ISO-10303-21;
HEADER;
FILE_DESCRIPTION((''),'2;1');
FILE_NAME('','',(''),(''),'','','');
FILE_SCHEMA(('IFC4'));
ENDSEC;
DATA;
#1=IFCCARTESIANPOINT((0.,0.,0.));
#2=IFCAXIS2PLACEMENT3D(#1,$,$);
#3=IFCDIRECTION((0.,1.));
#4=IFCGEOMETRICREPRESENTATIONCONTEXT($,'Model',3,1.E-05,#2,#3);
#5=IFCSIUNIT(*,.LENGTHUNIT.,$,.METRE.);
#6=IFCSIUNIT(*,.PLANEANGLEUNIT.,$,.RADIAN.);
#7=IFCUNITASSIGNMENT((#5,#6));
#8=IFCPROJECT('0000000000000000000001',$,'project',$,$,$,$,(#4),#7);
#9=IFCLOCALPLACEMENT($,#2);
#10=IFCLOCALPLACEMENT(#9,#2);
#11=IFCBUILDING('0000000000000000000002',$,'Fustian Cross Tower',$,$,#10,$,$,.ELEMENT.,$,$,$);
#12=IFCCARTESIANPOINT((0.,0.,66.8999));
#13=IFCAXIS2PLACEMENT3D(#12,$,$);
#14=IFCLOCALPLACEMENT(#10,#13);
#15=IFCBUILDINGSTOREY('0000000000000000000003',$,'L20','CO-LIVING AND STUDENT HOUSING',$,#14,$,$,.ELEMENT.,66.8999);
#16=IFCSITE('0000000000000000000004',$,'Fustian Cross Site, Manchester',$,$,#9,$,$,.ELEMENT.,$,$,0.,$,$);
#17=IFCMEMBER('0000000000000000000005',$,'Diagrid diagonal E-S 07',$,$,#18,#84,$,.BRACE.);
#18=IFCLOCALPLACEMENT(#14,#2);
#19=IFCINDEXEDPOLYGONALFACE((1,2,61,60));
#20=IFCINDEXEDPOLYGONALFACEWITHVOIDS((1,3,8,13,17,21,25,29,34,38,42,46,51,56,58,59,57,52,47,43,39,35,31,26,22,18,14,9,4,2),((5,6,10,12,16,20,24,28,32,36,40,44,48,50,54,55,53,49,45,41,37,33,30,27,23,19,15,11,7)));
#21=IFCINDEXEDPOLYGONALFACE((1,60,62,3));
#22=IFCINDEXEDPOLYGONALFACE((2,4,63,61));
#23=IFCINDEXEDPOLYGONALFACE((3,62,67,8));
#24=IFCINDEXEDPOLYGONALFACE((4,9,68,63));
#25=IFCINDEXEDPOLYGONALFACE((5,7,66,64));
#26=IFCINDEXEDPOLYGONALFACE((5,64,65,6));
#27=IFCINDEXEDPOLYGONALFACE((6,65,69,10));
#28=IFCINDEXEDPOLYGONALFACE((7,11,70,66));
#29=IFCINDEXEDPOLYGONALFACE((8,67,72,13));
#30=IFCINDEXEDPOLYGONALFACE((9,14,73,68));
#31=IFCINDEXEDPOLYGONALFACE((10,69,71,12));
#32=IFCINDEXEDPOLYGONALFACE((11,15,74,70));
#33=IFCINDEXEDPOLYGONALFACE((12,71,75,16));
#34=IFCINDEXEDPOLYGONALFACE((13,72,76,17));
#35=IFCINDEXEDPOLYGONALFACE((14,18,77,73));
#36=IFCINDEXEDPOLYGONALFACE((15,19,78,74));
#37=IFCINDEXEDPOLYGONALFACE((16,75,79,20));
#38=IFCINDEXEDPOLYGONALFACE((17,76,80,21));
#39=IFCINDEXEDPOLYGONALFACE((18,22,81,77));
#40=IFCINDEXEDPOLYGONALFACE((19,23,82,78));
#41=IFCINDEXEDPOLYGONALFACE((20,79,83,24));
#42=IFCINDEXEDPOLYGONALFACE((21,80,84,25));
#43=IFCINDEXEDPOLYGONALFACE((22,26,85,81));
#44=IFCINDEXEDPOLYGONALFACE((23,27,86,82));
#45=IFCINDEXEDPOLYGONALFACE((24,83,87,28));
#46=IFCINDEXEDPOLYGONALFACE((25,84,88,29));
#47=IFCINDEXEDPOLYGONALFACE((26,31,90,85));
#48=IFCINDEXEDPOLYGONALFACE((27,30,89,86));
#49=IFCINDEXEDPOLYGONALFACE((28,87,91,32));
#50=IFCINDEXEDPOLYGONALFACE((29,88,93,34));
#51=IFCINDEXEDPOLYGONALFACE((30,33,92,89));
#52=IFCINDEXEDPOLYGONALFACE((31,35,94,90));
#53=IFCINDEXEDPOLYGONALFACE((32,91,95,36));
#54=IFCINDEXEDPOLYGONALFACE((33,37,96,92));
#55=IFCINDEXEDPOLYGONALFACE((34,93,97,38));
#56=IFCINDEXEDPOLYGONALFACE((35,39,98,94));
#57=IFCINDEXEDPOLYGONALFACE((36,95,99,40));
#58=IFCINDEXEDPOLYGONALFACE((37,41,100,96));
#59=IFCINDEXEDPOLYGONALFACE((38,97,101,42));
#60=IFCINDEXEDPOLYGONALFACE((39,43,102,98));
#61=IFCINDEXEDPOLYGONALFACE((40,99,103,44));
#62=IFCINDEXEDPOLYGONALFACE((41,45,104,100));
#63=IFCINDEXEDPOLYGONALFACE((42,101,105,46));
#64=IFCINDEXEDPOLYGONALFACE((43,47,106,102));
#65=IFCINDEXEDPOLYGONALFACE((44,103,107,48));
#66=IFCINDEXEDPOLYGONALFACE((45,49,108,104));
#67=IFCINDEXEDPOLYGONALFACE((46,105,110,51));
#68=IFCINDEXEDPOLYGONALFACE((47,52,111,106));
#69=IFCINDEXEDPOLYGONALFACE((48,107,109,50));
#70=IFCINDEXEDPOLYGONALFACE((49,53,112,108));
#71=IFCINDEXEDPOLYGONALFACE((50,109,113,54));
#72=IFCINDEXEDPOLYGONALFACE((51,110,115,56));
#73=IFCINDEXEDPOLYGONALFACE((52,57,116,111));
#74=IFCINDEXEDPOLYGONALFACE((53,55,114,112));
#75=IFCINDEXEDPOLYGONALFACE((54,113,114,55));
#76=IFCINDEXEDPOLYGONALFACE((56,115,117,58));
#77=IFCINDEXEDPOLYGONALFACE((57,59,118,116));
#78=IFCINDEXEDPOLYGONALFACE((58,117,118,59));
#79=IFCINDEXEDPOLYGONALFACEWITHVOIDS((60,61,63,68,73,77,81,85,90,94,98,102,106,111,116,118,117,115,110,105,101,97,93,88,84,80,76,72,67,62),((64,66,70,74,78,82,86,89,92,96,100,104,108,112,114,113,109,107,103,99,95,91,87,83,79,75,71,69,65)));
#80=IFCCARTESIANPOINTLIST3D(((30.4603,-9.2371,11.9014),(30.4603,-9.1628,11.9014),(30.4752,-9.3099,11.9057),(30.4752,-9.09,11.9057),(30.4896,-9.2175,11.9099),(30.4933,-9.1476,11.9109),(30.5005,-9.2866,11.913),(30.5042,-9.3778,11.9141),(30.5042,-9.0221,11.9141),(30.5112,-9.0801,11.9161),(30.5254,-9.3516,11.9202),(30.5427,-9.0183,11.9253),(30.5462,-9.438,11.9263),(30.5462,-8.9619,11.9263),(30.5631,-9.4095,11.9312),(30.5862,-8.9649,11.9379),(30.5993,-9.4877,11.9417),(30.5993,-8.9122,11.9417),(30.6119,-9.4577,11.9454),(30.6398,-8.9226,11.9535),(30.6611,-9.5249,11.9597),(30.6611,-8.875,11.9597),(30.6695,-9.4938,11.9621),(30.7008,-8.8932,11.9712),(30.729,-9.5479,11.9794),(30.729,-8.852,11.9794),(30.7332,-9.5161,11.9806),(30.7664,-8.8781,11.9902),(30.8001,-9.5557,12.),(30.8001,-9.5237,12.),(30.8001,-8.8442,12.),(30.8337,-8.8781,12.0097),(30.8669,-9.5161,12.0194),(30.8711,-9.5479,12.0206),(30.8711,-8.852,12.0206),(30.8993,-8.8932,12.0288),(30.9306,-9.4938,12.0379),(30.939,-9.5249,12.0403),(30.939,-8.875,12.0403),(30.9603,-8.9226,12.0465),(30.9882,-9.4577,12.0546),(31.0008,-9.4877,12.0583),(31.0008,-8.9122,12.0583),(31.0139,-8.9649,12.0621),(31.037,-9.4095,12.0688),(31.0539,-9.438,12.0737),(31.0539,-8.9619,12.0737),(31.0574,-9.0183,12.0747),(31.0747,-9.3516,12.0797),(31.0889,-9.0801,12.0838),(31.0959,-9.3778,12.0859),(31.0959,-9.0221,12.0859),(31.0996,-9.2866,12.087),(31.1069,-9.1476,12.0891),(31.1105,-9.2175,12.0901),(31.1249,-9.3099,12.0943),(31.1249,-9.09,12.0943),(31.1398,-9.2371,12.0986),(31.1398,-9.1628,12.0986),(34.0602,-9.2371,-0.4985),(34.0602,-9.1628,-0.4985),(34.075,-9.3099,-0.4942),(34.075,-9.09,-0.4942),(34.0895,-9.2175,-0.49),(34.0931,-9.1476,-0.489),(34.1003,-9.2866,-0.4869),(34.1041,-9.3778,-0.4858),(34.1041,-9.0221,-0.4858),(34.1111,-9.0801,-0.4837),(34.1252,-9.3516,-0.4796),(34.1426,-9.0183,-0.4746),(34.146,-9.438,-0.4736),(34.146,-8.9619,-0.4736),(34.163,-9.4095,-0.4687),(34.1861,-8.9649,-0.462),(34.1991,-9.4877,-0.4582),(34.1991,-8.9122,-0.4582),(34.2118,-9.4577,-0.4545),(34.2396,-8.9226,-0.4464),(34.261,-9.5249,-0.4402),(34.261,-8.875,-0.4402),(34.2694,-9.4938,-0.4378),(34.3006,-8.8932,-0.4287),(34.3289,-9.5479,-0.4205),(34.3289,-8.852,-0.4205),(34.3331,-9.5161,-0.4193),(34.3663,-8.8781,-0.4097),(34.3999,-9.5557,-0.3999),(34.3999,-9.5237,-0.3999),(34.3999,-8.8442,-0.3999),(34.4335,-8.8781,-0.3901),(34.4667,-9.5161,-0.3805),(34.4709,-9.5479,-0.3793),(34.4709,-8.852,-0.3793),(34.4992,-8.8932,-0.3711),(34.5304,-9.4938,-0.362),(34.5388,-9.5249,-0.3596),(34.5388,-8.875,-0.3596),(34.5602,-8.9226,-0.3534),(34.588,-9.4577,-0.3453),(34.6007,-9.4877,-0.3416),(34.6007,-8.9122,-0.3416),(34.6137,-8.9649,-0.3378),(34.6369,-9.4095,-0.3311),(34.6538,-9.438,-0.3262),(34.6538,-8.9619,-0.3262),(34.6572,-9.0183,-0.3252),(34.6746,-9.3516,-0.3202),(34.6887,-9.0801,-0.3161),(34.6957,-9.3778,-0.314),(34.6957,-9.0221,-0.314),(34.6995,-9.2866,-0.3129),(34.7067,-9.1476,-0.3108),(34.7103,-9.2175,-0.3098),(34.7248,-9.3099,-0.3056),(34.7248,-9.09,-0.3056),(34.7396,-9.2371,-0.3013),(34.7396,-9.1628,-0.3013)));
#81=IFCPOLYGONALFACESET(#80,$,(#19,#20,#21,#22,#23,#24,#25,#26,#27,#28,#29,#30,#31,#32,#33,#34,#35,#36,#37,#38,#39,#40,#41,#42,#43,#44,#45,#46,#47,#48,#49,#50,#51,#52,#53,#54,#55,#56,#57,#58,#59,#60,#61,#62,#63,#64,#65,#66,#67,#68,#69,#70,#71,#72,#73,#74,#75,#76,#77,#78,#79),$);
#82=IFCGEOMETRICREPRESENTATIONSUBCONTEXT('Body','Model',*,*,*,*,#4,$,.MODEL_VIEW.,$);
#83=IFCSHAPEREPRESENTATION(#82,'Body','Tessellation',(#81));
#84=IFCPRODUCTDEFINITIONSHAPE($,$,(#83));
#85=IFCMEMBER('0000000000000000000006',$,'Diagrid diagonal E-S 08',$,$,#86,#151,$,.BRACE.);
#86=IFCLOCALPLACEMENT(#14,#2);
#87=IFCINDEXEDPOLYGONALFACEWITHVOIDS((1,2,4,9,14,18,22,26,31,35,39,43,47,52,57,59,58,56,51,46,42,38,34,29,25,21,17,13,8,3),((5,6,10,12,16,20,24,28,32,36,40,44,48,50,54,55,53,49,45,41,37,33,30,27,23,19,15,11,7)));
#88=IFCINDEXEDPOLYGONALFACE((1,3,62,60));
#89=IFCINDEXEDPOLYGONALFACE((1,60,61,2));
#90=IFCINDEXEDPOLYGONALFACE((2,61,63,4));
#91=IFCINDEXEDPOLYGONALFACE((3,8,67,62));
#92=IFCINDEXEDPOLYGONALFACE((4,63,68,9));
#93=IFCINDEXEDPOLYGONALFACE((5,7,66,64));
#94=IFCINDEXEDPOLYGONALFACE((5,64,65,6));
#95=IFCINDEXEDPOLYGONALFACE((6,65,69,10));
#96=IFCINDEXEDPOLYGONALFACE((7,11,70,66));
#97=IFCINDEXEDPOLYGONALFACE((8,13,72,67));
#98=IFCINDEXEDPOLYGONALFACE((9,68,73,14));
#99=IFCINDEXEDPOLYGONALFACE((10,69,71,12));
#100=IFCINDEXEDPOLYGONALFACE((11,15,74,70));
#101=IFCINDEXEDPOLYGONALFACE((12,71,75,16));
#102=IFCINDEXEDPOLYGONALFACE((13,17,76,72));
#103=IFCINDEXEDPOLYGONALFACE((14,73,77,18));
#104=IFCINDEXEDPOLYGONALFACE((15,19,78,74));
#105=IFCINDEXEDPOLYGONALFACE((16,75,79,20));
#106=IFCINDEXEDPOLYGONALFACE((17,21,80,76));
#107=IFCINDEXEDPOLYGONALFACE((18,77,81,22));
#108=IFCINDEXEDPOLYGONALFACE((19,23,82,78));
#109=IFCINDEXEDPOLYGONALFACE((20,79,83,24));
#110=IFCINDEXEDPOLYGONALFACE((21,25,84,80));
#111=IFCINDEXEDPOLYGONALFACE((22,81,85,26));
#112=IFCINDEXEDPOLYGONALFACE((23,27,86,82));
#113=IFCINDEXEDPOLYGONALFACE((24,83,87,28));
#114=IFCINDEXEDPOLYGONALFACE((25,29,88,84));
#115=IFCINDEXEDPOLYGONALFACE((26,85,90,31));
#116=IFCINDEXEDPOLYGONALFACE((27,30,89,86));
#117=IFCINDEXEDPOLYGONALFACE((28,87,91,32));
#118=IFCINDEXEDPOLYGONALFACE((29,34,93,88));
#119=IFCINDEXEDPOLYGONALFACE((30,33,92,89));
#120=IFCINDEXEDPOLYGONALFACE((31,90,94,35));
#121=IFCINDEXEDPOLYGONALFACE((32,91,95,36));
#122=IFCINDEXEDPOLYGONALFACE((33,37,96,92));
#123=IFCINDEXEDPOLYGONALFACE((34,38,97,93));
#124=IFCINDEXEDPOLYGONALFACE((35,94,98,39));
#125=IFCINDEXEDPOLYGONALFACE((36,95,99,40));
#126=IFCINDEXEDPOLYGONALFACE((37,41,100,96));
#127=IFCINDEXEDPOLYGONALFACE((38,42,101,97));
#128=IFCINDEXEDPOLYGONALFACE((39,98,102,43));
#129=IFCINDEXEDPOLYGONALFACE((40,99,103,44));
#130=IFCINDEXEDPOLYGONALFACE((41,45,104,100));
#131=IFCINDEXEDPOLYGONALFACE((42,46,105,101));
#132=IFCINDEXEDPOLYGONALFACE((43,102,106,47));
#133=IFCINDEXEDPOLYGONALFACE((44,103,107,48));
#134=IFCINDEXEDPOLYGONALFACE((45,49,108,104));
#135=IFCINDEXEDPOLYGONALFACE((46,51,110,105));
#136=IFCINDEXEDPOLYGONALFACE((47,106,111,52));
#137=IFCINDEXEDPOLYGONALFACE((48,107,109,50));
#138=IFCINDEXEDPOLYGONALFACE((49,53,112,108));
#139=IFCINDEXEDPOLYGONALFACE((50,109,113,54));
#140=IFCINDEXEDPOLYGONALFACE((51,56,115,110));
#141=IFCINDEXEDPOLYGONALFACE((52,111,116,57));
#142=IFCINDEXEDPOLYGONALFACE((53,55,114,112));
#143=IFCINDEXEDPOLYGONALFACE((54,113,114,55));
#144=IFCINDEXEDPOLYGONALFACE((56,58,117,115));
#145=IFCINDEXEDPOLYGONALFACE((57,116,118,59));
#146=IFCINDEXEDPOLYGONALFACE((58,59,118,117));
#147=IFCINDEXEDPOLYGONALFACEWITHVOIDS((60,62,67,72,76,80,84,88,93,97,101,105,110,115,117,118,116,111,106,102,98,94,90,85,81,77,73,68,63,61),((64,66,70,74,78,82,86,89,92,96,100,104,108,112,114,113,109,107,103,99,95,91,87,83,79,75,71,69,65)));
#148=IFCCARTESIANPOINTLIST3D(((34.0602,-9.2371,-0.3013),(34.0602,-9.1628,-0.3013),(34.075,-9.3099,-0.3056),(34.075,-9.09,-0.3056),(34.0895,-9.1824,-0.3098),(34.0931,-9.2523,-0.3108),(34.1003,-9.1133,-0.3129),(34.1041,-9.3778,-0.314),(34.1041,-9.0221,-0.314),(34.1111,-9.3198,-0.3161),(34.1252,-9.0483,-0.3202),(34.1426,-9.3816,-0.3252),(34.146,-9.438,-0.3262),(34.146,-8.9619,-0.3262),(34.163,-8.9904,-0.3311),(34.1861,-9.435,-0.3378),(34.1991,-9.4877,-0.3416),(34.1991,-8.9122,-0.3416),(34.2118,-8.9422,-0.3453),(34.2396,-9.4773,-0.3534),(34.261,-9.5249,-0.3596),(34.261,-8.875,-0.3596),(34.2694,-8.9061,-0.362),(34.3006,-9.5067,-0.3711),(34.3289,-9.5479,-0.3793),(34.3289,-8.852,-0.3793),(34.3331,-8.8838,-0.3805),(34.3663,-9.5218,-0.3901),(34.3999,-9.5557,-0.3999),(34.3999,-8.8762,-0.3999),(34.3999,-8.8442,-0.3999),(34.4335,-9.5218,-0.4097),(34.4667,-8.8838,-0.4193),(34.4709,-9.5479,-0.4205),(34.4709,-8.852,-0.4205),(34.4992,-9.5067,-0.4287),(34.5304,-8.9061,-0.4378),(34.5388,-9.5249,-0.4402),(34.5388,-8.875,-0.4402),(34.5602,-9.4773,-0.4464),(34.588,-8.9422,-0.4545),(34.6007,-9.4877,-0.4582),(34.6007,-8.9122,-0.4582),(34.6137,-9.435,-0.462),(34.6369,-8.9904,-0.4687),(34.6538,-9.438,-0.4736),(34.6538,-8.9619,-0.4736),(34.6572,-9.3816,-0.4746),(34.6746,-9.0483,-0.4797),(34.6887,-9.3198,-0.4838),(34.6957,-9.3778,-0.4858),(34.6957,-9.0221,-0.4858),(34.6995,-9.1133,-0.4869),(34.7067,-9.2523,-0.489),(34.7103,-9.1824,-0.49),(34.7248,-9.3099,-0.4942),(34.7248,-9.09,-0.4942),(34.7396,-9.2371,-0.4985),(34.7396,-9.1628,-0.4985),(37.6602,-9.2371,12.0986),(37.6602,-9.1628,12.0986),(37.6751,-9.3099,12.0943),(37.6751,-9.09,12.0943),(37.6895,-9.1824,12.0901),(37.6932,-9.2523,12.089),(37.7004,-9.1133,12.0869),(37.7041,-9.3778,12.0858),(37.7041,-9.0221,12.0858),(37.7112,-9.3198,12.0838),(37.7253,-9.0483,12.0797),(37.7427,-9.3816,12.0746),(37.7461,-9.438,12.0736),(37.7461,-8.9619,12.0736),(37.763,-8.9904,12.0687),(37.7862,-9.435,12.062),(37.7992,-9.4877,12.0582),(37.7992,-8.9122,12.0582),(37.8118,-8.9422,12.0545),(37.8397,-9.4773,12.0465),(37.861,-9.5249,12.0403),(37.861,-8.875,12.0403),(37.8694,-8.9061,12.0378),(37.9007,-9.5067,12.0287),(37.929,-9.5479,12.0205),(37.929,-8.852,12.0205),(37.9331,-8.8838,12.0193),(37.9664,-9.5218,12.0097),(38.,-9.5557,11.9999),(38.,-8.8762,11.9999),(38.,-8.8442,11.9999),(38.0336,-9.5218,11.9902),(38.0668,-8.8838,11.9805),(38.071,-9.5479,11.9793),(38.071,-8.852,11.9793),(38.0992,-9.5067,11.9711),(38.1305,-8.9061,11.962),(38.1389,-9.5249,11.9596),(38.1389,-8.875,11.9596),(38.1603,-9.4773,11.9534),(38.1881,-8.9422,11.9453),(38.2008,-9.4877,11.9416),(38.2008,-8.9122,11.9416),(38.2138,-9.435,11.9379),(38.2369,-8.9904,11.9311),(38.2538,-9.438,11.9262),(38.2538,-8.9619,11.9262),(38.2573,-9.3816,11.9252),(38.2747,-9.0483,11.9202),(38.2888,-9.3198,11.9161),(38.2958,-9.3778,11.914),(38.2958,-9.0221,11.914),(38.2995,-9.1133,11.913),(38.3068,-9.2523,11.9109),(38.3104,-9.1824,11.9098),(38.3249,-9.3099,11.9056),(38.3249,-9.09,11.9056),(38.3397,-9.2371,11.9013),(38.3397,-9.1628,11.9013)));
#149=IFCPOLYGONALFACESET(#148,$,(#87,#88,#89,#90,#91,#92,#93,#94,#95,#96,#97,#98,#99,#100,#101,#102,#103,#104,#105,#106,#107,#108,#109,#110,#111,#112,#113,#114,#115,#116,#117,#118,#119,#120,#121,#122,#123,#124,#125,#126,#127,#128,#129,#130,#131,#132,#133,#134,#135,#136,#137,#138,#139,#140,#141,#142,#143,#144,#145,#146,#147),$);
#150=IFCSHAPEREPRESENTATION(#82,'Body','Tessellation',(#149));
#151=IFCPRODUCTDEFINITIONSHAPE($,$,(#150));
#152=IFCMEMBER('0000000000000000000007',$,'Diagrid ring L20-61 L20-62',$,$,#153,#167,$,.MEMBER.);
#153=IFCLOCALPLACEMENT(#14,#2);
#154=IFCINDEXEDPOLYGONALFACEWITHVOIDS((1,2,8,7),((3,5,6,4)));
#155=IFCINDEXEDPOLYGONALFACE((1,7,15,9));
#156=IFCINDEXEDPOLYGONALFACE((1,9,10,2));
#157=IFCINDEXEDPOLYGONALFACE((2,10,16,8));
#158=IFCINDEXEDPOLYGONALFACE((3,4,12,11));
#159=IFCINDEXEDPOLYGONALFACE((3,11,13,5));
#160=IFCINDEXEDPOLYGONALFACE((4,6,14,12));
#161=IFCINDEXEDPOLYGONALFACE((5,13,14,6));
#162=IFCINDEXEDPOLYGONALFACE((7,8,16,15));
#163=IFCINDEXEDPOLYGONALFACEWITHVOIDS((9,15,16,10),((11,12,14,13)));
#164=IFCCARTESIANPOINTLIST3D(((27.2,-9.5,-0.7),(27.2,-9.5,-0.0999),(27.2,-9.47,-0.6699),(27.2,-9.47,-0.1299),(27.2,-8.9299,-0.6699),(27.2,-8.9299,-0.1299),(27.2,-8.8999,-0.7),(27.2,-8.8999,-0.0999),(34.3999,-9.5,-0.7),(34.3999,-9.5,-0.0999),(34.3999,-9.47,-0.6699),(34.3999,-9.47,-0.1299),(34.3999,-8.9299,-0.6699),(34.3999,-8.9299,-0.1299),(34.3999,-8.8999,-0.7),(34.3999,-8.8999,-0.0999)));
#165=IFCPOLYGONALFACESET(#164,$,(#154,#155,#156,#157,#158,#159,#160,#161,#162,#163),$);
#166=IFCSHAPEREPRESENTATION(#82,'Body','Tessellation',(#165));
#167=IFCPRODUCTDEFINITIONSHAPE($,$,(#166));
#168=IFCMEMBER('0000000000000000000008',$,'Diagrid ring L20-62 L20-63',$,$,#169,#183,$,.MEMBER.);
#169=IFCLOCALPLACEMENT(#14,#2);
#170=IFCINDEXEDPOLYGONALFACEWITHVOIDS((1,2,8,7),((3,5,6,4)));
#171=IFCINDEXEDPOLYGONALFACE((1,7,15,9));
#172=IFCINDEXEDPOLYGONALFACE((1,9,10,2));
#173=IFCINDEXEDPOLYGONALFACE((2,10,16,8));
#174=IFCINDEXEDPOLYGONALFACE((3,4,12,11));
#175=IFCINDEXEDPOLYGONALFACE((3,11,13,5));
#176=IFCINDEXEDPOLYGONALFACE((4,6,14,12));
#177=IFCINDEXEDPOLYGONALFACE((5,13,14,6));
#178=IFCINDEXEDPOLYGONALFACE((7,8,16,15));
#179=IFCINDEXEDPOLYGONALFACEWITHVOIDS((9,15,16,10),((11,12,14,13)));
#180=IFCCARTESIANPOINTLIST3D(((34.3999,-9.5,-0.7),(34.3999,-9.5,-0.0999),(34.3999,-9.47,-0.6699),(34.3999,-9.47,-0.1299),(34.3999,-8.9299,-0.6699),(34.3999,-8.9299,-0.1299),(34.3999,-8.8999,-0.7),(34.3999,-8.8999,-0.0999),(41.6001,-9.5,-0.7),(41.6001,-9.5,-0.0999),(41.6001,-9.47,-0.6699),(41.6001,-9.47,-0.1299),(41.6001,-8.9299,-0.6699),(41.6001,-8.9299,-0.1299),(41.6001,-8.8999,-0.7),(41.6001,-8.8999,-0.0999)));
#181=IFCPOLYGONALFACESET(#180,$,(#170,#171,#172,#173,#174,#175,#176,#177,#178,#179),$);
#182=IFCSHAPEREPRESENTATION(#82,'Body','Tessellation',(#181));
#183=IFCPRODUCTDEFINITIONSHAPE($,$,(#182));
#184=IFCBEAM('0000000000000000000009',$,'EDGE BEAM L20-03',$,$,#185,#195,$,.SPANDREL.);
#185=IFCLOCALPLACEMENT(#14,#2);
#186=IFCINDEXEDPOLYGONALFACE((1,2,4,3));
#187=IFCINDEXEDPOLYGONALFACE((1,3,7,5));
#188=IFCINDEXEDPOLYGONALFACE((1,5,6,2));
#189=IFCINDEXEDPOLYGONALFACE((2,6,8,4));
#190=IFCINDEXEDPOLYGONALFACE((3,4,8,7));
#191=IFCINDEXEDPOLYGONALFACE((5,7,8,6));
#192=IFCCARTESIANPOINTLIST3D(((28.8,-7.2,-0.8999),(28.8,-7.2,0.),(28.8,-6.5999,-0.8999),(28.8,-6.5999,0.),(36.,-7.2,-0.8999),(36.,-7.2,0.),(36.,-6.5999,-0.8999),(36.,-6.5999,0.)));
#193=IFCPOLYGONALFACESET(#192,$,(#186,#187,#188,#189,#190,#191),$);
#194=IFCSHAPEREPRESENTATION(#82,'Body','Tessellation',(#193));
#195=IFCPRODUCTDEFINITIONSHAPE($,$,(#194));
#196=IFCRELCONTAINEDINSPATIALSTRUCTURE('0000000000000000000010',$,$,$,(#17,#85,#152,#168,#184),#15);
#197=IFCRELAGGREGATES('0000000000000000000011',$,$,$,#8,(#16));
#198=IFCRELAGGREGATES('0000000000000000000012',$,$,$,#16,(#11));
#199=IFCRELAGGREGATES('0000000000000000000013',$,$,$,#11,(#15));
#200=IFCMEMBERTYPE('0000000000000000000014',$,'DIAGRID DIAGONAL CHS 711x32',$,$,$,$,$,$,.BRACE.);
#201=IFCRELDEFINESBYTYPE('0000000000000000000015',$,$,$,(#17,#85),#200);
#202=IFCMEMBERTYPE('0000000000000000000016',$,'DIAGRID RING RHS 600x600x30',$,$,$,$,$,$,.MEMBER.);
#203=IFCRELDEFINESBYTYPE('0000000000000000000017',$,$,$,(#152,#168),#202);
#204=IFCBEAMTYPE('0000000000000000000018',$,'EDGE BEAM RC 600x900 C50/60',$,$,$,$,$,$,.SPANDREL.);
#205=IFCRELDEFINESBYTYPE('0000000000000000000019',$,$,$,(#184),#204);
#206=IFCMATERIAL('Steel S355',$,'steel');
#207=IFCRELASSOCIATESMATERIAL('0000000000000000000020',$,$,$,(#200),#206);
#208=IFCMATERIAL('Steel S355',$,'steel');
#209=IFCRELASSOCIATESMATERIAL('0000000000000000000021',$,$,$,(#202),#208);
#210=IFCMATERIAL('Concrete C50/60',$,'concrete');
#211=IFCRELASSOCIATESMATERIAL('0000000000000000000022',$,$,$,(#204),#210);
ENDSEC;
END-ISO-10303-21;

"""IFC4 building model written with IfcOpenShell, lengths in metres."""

from ifc_helpers import new_model, si_unit, direction, frame, origin, origin_2d, place, context, subcontext, project, spatial, rectangle, hollow_rectangle, hollow_circle, extrude, material, material_profile, profile_set, type_object, element, save


model = new_model("IFC4")

# Units and contexts
model_context = context("Model", 3, precision=1e-05, world=origin(), true_north=direction((0.0, 1.0)))
body_context = subcontext(model_context, "Body", "Model", "MODEL_VIEW")
ifc_project = project(units=[si_unit("LENGTHUNIT", "METRE"), si_unit("PLANEANGLEUNIT", "RADIAN")], contexts=[model_context])

# Site, building, storey
site_placement = place(None, origin())
site = spatial("IfcSite", under=ifc_project, at=site_placement, Name="Fustian Cross Site, Manchester", CompositionType="ELEMENT", RefElevation=0.0)
building_placement = place(site_placement, origin())
building = spatial("IfcBuilding", under=site, at=building_placement, Name="Fustian Cross Tower", CompositionType="ELEMENT")
storey_placement = place(building_placement, frame((0.0, 0.0, 66.8999)))
storey = spatial("IfcBuildingStorey", under=building, at=storey_placement, Name="L20", Description="CO-LIVING AND STUDENT HOUSING", CompositionType="ELEMENT", Elevation=66.8999)

# Members
ifc_material_1 = material(Name="Steel S355", Category="steel")
ifc_material_profile_1 = material_profile(ifc_material_1, hollow_circle(Radius=0.3557, WallThickness=0.032, at=origin_2d()), Name="CHS 711x32")
ifc_profile_set_1 = profile_set([ifc_material_profile_1], Name="Steel S355")
member_type_1 = type_object("IfcMemberType", Name="DIAGRID DIAGONAL CHS 711x32", PredefinedType="BRACE", material=ifc_profile_set_1)
for number, where, z_axis, x_axis, name in (
    (1, (34.3999, -9.2, -0.3999), (-0.278802, 0.0, 0.960349), (0.0, -1.0, 0.0), "Diagrid diagonal E-S 07"),
    (2, (34.3999, -9.2, -0.3999), (0.278819, 0.0, 0.960344), (0.0, 1.0, 0.0), "Diagrid diagonal E-S 08"),
):
    element("IfcMember", number, at=place(storey_placement, frame(where, z_axis=z_axis, x_axis=x_axis)), inside=storey, type_object=member_type_1, Name=name, PredefinedType="BRACE", context=body_context, shape_type="SweptSolid", body=[
        extrude(hollow_circle(Radius=0.3557, WallThickness=0.032, at=origin_2d()), origin(), (0.0, 0.0, 1.0), 12.9119),
    ])
ifc_material_2 = material(Name="Steel S355", Category="steel")
ifc_material_profile_2 = material_profile(ifc_material_2, hollow_rectangle(XDim=0.6001, YDim=0.6001, WallThickness=0.03, at=origin_2d()), Name="RHS 600x600x30")
ifc_profile_set_2 = profile_set([ifc_material_profile_2], Name="Steel S355")
member_type_2 = type_object("IfcMemberType", Name="DIAGRID RING RHS 600x600x30", PredefinedType="MEMBER", material=ifc_profile_set_2)
member_1_placement = place(storey_placement, frame((27.2, -9.2, -0.3999), z_axis=(1.0, 0.0, 0.0), x_axis=(0.0, 1.0, 0.0)))
element("IfcMember", 3, at=member_1_placement, inside=storey, type_object=member_type_2, Name="Diagrid ring L20-61 L20-62", PredefinedType="MEMBER", context=body_context, shape_type="SweptSolid", body=[
    extrude(hollow_rectangle(XDim=0.6001, YDim=0.6001, WallThickness=0.03, at=origin_2d()), origin(), (0.0, 0.0, 1.0), 7.2),
])
member_2_placement = place(storey_placement, frame((34.3999, -9.2, -0.3999), z_axis=(1.0, 0.0, 0.0), x_axis=(0.0, 1.0, 0.0)))
element("IfcMember", 4, at=member_2_placement, inside=storey, type_object=member_type_2, Name="Diagrid ring L20-62 L20-63", PredefinedType="MEMBER", context=body_context, shape_type="SweptSolid", body=[
    extrude(hollow_rectangle(XDim=0.6001, YDim=0.6001, WallThickness=0.03, at=origin_2d()), origin(), (0.0, 0.0, 1.0), 7.2002),
])

# Beam
ifc_material_3 = material(Name="Concrete C50/60", Category="concrete")
ifc_material_profile_3 = material_profile(ifc_material_3, rectangle(XDim=0.6001, YDim=0.8999, at=origin_2d()), Name="RC 600x900")
ifc_profile_set_3 = profile_set([ifc_material_profile_3], Name="Concrete C50/60")
beam_type = type_object("IfcBeamType", Name="EDGE BEAM RC 600x900 C50/60", PredefinedType="SPANDREL", material=ifc_profile_set_3)
beam_1_placement = place(storey_placement, frame((28.8, -6.8999, -0.45), z_axis=(1.0, 0.0, 0.0), x_axis=(0.0, 1.0, 0.0)))
element("IfcBeam", 5, at=beam_1_placement, inside=storey, type_object=beam_type, Name="EDGE BEAM L20-03", PredefinedType="SPANDREL", context=body_context, shape_type="SweptSolid", body=[
    extrude(rectangle(XDim=0.6001, YDim=0.8999, at=origin_2d()), origin(), (0.0, 0.0, 1.0), 7.2),
])

save(model, "model.ifc")
